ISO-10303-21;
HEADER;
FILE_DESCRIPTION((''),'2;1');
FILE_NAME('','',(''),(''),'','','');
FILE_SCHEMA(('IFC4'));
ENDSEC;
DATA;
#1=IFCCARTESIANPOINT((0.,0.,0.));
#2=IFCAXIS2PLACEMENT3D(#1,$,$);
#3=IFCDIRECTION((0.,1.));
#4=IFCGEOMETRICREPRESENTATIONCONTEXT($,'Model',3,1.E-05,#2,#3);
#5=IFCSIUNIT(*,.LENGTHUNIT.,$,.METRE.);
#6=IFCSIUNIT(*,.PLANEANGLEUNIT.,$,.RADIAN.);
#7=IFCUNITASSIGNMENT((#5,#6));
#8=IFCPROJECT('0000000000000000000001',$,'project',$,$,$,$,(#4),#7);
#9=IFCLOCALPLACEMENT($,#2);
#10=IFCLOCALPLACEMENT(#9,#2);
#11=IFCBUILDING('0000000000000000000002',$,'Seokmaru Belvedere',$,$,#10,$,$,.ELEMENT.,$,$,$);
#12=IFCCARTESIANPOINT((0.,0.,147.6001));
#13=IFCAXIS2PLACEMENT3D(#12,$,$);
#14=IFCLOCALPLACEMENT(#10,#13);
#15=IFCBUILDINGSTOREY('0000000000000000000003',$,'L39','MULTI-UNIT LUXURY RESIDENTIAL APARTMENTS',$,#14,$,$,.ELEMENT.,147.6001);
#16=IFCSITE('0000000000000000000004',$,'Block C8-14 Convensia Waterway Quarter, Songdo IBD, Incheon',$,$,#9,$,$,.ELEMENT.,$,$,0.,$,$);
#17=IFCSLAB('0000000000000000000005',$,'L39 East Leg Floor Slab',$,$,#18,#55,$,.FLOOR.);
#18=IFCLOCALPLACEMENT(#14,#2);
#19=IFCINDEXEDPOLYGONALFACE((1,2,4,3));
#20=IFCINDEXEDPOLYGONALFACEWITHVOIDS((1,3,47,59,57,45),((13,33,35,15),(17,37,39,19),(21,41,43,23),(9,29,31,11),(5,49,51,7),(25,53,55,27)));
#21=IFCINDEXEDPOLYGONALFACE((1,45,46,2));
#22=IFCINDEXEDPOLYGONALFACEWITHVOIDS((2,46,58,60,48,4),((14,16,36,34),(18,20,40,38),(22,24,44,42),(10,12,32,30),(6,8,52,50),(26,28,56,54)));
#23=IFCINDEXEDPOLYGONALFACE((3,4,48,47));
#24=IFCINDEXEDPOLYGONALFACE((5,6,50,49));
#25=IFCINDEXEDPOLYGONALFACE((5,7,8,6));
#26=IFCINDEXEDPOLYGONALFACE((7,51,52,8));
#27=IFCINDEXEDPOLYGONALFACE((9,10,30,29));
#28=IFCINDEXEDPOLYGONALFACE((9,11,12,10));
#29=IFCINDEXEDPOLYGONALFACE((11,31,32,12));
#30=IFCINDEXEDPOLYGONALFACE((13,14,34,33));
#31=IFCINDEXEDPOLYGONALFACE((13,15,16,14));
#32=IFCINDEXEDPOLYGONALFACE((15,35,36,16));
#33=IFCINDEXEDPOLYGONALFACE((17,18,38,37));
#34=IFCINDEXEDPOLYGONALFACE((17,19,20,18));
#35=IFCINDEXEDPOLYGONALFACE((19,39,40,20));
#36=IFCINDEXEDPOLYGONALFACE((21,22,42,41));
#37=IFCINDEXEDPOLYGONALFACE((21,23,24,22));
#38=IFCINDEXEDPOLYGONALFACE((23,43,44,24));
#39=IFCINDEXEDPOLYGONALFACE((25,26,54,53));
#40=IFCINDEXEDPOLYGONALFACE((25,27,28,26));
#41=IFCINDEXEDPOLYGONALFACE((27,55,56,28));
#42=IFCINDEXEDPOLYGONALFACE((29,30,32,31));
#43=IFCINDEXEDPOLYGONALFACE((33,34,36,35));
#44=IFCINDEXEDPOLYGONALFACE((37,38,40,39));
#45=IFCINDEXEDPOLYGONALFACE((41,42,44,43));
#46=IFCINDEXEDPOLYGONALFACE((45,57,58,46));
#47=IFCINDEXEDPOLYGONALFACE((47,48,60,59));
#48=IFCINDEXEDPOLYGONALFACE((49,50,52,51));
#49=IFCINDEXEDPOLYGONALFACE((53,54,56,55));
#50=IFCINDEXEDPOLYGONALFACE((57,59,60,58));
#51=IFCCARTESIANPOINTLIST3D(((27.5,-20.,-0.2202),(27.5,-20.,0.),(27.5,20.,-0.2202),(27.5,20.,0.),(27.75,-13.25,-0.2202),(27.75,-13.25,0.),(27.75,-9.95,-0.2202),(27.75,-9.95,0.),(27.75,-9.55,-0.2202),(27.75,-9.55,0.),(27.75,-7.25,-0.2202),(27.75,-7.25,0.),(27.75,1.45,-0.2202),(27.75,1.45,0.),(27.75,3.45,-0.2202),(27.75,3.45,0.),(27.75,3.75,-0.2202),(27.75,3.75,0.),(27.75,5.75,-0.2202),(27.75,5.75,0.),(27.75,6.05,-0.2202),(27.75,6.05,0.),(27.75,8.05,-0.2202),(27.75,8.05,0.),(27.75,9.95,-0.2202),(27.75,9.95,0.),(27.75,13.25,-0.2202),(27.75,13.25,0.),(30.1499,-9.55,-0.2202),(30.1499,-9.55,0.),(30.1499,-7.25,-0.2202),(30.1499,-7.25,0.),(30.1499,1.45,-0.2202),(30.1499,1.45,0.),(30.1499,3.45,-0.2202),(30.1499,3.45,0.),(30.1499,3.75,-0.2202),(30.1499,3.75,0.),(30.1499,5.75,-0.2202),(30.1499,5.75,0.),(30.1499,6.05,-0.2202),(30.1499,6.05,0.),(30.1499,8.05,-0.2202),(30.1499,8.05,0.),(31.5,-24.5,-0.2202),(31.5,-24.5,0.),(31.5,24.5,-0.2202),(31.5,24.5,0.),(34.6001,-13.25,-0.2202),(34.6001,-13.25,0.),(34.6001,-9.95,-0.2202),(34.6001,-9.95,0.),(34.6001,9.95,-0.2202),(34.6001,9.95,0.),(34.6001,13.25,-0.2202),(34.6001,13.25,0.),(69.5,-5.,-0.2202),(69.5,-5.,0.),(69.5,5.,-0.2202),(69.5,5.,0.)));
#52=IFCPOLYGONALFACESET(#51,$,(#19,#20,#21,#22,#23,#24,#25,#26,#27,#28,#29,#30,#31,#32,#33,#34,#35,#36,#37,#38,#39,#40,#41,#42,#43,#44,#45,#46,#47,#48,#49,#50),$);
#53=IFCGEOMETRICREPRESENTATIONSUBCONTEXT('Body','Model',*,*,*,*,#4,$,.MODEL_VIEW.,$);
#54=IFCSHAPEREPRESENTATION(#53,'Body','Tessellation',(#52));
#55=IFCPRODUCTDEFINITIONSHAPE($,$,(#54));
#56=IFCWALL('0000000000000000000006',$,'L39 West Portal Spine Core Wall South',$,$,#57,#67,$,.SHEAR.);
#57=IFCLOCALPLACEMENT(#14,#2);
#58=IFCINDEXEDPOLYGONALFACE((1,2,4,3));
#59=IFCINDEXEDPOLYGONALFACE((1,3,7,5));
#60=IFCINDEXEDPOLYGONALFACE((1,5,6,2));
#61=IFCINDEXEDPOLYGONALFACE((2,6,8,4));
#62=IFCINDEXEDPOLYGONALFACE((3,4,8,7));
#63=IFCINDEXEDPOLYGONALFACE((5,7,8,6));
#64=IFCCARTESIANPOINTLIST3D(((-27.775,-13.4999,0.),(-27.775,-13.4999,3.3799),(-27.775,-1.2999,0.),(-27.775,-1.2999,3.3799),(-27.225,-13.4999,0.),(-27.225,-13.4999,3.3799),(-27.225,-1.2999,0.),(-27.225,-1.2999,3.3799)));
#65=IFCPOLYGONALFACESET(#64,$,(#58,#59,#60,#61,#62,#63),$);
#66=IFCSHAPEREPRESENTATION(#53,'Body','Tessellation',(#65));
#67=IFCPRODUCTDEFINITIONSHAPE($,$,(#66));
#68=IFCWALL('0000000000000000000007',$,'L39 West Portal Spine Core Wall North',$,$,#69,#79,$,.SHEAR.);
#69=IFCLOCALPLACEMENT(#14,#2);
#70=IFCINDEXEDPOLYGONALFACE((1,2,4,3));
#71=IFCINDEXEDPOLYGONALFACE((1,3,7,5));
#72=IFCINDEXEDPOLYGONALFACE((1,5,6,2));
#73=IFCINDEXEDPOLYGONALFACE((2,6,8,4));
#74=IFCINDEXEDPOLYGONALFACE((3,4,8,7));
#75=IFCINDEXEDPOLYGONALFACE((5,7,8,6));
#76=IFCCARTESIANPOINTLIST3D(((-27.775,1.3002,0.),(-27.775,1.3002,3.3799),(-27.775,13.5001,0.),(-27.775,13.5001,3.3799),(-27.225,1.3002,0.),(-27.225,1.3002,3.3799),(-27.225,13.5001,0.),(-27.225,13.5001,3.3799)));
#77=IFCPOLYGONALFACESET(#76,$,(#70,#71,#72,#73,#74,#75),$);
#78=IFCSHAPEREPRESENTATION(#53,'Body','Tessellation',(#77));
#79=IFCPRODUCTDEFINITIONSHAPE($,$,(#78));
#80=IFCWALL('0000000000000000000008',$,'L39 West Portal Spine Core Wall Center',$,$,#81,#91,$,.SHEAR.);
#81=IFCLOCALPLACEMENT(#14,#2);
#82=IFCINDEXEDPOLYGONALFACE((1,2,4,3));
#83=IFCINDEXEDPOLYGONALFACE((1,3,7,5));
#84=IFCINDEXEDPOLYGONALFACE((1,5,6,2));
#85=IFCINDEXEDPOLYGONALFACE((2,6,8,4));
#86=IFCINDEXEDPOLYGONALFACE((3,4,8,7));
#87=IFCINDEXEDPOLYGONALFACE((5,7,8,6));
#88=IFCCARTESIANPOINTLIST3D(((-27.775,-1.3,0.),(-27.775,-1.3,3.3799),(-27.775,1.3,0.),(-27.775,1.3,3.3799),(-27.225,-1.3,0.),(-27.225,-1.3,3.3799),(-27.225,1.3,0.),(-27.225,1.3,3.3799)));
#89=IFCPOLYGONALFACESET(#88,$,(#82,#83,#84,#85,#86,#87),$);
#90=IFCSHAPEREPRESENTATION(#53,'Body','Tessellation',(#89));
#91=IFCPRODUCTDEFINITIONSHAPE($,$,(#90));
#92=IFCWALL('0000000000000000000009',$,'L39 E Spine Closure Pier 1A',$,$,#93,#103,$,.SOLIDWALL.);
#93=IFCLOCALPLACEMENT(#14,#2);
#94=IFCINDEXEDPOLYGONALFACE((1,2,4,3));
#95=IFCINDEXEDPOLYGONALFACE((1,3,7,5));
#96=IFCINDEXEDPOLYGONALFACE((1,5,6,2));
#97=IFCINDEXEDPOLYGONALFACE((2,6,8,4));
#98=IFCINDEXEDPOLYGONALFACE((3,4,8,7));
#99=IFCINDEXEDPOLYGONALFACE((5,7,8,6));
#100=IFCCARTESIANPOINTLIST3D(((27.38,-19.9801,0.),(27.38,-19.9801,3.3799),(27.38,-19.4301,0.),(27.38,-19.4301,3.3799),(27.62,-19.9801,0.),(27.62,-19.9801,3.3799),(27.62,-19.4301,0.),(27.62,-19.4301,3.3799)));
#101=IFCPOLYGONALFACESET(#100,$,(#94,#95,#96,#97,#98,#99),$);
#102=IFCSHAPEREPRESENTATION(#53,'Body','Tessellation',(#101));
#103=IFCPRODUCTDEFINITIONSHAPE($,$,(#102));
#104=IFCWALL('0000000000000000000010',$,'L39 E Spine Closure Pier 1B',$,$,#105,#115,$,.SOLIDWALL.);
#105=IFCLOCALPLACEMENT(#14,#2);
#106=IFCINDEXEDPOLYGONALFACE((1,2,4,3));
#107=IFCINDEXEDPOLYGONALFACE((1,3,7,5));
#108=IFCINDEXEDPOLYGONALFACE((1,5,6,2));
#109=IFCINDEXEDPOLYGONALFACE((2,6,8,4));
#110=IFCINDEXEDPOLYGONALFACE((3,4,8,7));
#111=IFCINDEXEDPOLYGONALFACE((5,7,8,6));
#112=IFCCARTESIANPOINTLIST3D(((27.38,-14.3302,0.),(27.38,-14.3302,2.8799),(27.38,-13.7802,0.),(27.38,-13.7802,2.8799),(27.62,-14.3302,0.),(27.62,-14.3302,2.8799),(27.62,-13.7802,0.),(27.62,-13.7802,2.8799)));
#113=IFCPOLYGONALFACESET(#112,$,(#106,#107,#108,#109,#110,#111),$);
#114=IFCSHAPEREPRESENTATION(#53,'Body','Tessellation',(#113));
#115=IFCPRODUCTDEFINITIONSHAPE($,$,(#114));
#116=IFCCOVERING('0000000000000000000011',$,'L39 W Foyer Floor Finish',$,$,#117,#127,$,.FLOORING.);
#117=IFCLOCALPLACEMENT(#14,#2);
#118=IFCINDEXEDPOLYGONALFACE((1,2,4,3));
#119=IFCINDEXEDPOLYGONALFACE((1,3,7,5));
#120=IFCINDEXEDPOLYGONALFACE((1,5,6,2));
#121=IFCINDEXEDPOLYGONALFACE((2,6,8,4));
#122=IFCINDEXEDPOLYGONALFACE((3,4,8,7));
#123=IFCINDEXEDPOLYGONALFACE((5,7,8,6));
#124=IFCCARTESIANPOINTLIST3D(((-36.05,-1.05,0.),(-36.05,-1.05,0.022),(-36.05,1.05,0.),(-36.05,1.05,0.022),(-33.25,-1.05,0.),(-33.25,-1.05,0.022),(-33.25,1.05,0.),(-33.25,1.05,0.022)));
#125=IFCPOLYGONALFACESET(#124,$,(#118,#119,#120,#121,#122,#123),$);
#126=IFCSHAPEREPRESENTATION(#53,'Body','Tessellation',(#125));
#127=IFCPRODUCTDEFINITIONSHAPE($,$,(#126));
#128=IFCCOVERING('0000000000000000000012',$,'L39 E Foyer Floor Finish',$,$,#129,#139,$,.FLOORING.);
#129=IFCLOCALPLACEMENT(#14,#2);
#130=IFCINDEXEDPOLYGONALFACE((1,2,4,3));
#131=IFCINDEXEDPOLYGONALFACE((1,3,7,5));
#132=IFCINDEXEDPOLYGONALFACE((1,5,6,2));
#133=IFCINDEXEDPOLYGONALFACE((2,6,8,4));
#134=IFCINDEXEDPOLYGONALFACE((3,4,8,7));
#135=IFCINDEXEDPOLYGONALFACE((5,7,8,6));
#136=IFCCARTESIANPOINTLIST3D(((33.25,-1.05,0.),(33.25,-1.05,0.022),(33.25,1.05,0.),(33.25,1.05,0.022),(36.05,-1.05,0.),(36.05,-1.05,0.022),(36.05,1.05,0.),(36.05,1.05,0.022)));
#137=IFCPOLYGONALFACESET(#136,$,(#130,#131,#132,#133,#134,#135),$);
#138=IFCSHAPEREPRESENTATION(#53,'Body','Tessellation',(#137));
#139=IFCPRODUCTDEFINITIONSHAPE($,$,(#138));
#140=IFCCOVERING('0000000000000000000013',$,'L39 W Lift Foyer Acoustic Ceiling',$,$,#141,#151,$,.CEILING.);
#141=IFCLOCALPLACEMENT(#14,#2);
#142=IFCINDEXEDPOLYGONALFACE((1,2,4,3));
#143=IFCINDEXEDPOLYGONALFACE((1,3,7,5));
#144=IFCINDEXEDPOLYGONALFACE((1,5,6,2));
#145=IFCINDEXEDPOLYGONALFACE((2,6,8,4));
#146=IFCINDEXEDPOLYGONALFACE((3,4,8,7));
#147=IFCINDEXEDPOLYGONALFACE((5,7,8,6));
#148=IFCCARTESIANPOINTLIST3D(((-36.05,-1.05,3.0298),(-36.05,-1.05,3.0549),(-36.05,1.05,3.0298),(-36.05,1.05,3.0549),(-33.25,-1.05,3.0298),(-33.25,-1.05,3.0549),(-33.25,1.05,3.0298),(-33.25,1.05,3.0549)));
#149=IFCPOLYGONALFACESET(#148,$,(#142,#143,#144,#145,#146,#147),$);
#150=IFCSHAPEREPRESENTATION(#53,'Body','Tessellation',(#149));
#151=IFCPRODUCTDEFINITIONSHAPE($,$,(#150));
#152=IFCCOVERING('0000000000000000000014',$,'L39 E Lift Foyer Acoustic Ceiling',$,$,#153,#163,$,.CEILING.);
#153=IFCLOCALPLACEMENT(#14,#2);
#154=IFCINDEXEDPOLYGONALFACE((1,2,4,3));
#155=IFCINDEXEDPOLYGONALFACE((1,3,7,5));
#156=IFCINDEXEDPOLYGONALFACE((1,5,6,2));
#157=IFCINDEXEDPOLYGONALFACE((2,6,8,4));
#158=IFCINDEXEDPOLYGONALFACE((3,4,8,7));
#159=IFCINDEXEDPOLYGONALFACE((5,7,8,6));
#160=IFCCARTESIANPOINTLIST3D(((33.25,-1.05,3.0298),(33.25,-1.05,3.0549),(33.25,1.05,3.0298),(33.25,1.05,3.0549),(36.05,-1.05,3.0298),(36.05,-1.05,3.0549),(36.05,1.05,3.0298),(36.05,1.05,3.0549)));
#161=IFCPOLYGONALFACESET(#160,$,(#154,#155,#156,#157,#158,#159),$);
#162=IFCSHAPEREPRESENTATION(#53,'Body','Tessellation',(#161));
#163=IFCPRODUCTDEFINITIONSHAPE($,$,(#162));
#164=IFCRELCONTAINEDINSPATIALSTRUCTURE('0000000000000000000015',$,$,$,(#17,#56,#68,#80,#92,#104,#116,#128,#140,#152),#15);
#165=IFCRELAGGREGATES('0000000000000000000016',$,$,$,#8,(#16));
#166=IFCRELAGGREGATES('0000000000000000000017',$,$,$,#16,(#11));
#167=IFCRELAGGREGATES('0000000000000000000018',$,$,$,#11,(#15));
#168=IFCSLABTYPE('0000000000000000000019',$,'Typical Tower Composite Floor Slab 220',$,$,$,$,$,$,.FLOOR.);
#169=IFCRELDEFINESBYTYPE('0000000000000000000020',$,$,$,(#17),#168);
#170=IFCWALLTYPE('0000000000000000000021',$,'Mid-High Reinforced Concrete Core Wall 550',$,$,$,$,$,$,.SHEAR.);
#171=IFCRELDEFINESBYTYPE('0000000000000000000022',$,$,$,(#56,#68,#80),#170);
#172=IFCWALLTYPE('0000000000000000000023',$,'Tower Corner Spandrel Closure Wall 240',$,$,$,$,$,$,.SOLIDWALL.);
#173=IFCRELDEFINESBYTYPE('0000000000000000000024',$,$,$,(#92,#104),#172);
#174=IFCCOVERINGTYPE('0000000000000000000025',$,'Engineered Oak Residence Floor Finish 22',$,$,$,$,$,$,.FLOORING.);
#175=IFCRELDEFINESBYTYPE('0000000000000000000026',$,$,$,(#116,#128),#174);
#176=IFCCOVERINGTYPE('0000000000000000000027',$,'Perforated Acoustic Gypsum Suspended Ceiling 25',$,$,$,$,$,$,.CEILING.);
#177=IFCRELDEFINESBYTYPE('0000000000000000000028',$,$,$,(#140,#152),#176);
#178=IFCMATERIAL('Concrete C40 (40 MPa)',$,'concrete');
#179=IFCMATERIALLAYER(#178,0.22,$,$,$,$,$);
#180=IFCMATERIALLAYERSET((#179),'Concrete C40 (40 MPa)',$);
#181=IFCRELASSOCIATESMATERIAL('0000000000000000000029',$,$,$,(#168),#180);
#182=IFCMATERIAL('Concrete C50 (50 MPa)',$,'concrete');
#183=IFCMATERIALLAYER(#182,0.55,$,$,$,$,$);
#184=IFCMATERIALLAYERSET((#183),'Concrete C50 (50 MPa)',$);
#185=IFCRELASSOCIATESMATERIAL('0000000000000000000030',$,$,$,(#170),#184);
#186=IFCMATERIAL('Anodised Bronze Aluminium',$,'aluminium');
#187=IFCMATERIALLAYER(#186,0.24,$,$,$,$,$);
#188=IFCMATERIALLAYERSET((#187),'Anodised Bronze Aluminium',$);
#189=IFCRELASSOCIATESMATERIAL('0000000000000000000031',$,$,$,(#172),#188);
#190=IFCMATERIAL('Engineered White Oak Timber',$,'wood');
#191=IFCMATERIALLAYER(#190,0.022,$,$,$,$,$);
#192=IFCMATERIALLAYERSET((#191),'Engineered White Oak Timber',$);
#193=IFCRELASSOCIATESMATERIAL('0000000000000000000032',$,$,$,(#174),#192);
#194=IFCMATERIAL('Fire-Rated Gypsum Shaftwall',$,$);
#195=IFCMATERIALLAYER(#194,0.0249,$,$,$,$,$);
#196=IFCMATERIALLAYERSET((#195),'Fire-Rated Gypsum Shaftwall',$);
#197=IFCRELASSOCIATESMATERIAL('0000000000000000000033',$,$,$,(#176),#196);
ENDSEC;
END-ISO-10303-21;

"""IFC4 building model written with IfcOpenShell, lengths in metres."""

from ifc_helpers import new_model, si_unit, direction, frame, frame_2d, origin, place, context, subcontext, project, spatial, polyline, rectangle, outline, extrude, material, layer, layer_set, type_object, element, save


model = new_model("IFC4")

# Units and contexts
model_context = context("Model", 3, precision=1e-05, world=origin(), true_north=direction((0.0, 1.0)))
body_context = subcontext(model_context, "Body", "Model", "MODEL_VIEW")
ifc_project = project(units=[si_unit("LENGTHUNIT", "METRE"), si_unit("PLANEANGLEUNIT", "RADIAN")], contexts=[model_context])

# Site, building, storey
site_placement = place(None, origin())
site = spatial("IfcSite", under=ifc_project, at=site_placement, Name="Block C8-14 Convensia Waterway Quarter, Songdo IBD, Incheon", CompositionType="ELEMENT", RefElevation=0.0)
building_placement = place(site_placement, origin())
building = spatial("IfcBuilding", under=site, at=building_placement, Name="Seokmaru Belvedere", CompositionType="ELEMENT")
storey_placement = place(building_placement, frame((0.0, 0.0, 147.6001)))
storey = spatial("IfcBuildingStorey", under=building, at=storey_placement, Name="L39", Description="MULTI-UNIT LUXURY RESIDENTIAL APARTMENTS", CompositionType="ELEMENT", Elevation=147.6001)

# Shared definitions
ifc_material_1 = material(Name="Concrete C40 (40 MPa)", Category="concrete")

# Slab
ifc_layer_1 = layer(ifc_material_1, 0.22)
ifc_layer_set_1 = layer_set([ifc_layer_1], Name="Concrete C40 (40 MPa)")
slab_type_1 = type_object("IfcSlabType", Name="Typical Tower Composite Floor Slab 220", PredefinedType="FLOOR", material=ifc_layer_set_1)
slab_1_placement = place(storey_placement, frame((0.0, 0.0, -0.2202)))
element("IfcSlab", 1, at=slab_1_placement, inside=storey, type_object=slab_type_1, Name="L39 East Leg Floor Slab", PredefinedType="FLOOR", context=body_context, shape_type="SweptSolid", body=[
    extrude(outline(polyline([(31.5, -24.5), (69.5, -5.0), (69.5, 5.0), (31.5, 24.5), (27.5, 20.0), (27.5, -20.0), (31.5, -24.5)]), holes=[polyline([(27.75, -13.25), (34.6001, -13.25), (34.6001, -9.95), (27.75, -9.95), (27.75, -13.25)]), polyline([(27.75, 9.95), (34.6001, 9.95), (34.6001, 13.25), (27.75, 13.25), (27.75, 9.95)]), polyline([(27.75, -9.55), (30.1499, -9.55), (30.1499, -7.25), (27.75, -7.25), (27.75, -9.55)]), polyline([(27.75, 1.45), (30.1499, 1.45), (30.1499, 3.45), (27.75, 3.45), (27.75, 1.45)]), polyline([(27.75, 3.75), (30.1499, 3.75), (30.1499, 5.75), (27.75, 5.75), (27.75, 3.75)]), polyline([(27.75, 6.05), (30.1499, 6.05), (30.1499, 8.05), (27.75, 8.05), (27.75, 6.05)])]), origin(), (0.0, 0.0, 1.0), 0.2202),
])

# Walls
ifc_material_2 = material(Name="Concrete C50 (50 MPa)", Category="concrete")
ifc_layer_2 = layer(ifc_material_2, 0.55)
ifc_layer_set_2 = layer_set([ifc_layer_2], Name="Concrete C50 (50 MPa)")
wall_type_1 = type_object("IfcWallType", Name="Mid-High Reinforced Concrete Core Wall 550", PredefinedType="SHEAR", material=ifc_layer_set_2)
for number, where, z_axis, x_axis, name in (
    (2, (-27.5, -13.5, 0.0), (0.0, 0.0, 1.0), (0.0, 1.0, 0.0), "L39 West Portal Spine Core Wall South"),
    (3, (-27.5, 1.3, 0.0), (0.0, 0.0, 1.0), (0.0, 1.0, 0.0), "L39 West Portal Spine Core Wall North"),
):
    element("IfcWall", number, at=place(storey_placement, frame(where, z_axis=z_axis, x_axis=x_axis)), inside=storey, type_object=wall_type_1, Name=name, PredefinedType="SHEAR", context=body_context, shape_type="SweptSolid", body=[
        extrude(rectangle(XDim=12.2, YDim=0.55, at=frame_2d((6.1001, 0.0))), origin(), (0.0, 0.0, 1.0), 3.3799),
    ])
wall_1_placement = place(storey_placement, frame((-27.5, -1.3, 0.0), z_axis=(0.0, 0.0, 1.0), x_axis=(0.0, 1.0, 0.0)))
element("IfcWall", 4, at=wall_1_placement, inside=storey, type_object=wall_type_1, Name="L39 West Portal Spine Core Wall Center", PredefinedType="SHEAR", context=body_context, shape_type="SweptSolid", body=[
    extrude(rectangle(XDim=2.6001, YDim=0.55, at=frame_2d((1.3, 0.0))), origin(), (0.0, 0.0, 1.0), 3.3799),
])
ifc_material_3 = material(Name="Anodised Bronze Aluminium", Category="aluminium")
ifc_layer_3 = layer(ifc_material_3, 0.24)
ifc_layer_set_3 = layer_set([ifc_layer_3], Name="Anodised Bronze Aluminium")
wall_type_2 = type_object("IfcWallType", Name="Tower Corner Spandrel Closure Wall 240", PredefinedType="SOLIDWALL", material=ifc_layer_set_3)
wall_2_placement = place(storey_placement, frame((27.5, -19.98, 0.0), z_axis=(0.0, 0.0, 1.0), x_axis=(0.0, 1.0, 0.0)))
element("IfcWall", 5, at=wall_2_placement, inside=storey, type_object=wall_type_2, Name="L39 E Spine Closure Pier 1A", PredefinedType="SOLIDWALL", context=body_context, shape_type="SweptSolid", body=[
    extrude(rectangle(XDim=0.55, YDim=0.24, at=frame_2d((0.2749, 0.0))), origin(), (0.0, 0.0, 1.0), 3.3799),
])
wall_3_placement = place(storey_placement, frame((27.5, -14.3301, 0.0), z_axis=(0.0, 0.0, 1.0), x_axis=(0.0, 1.0, 0.0)))
element("IfcWall", 6, at=wall_3_placement, inside=storey, type_object=wall_type_2, Name="L39 E Spine Closure Pier 1B", PredefinedType="SOLIDWALL", context=body_context, shape_type="SweptSolid", body=[
    extrude(rectangle(XDim=0.55, YDim=0.24, at=frame_2d((0.2749, 0.0))), origin(), (0.0, 0.0, 1.0), 2.8799),
])

# Coverings
ifc_material_4 = material(Name="Engineered White Oak Timber", Category="wood")
ifc_layer_4 = layer(ifc_material_4, 0.022)
ifc_layer_set_4 = layer_set([ifc_layer_4], Name="Engineered White Oak Timber")
covering_type_1 = type_object("IfcCoveringType", Name="Engineered Oak Residence Floor Finish 22", PredefinedType="FLOORING", material=ifc_layer_set_4)
covering_1_placement = place(storey_placement, origin())
element("IfcCovering", 7, at=covering_1_placement, inside=storey, type_object=covering_type_1, Name="L39 W Foyer Floor Finish", PredefinedType="FLOORING", context=body_context, shape_type="SweptSolid", body=[
    extrude(outline(polyline([(-36.05, -1.05), (-33.25, -1.05), (-33.25, 1.05), (-36.05, 1.05), (-36.05, -1.05)])), origin(), (0.0, 0.0, 1.0), 0.022),
])
covering_2_placement = place(storey_placement, origin())
element("IfcCovering", 8, at=covering_2_placement, inside=storey, type_object=covering_type_1, Name="L39 E Foyer Floor Finish", PredefinedType="FLOORING", context=body_context, shape_type="SweptSolid", body=[
    extrude(outline(polyline([(33.25, -1.05), (36.05, -1.05), (36.05, 1.05), (33.25, 1.05), (33.25, -1.05)])), origin(), (0.0, 0.0, 1.0), 0.022),
])
ifc_material_5 = material(Name="Fire-Rated Gypsum Shaftwall")
ifc_layer_5 = layer(ifc_material_5, 0.0249)
ifc_layer_set_5 = layer_set([ifc_layer_5], Name="Fire-Rated Gypsum Shaftwall")
covering_type_2 = type_object("IfcCoveringType", Name="Perforated Acoustic Gypsum Suspended Ceiling 25", PredefinedType="CEILING", material=ifc_layer_set_5)
covering_3_placement = place(storey_placement, frame((0.0, 0.0, 3.0298)))
element("IfcCovering", 9, at=covering_3_placement, inside=storey, type_object=covering_type_2, Name="L39 W Lift Foyer Acoustic Ceiling", PredefinedType="CEILING", context=body_context, shape_type="SweptSolid", body=[
    extrude(outline(polyline([(-36.05, -1.05), (-33.25, -1.05), (-33.25, 1.05), (-36.05, 1.05), (-36.05, -1.05)])), origin(), (0.0, 0.0, 1.0), 0.0251),
])
covering_4_placement = place(storey_placement, frame((0.0, 0.0, 3.0298)))
element("IfcCovering", 10, at=covering_4_placement, inside=storey, type_object=covering_type_2, Name="L39 E Lift Foyer Acoustic Ceiling", PredefinedType="CEILING", context=body_context, shape_type="SweptSolid", body=[
    extrude(outline(polyline([(33.25, -1.05), (36.05, -1.05), (36.05, 1.05), (33.25, 1.05), (33.25, -1.05)])), origin(), (0.0, 0.0, 1.0), 0.0251),
])

save(model, "model.ifc")
